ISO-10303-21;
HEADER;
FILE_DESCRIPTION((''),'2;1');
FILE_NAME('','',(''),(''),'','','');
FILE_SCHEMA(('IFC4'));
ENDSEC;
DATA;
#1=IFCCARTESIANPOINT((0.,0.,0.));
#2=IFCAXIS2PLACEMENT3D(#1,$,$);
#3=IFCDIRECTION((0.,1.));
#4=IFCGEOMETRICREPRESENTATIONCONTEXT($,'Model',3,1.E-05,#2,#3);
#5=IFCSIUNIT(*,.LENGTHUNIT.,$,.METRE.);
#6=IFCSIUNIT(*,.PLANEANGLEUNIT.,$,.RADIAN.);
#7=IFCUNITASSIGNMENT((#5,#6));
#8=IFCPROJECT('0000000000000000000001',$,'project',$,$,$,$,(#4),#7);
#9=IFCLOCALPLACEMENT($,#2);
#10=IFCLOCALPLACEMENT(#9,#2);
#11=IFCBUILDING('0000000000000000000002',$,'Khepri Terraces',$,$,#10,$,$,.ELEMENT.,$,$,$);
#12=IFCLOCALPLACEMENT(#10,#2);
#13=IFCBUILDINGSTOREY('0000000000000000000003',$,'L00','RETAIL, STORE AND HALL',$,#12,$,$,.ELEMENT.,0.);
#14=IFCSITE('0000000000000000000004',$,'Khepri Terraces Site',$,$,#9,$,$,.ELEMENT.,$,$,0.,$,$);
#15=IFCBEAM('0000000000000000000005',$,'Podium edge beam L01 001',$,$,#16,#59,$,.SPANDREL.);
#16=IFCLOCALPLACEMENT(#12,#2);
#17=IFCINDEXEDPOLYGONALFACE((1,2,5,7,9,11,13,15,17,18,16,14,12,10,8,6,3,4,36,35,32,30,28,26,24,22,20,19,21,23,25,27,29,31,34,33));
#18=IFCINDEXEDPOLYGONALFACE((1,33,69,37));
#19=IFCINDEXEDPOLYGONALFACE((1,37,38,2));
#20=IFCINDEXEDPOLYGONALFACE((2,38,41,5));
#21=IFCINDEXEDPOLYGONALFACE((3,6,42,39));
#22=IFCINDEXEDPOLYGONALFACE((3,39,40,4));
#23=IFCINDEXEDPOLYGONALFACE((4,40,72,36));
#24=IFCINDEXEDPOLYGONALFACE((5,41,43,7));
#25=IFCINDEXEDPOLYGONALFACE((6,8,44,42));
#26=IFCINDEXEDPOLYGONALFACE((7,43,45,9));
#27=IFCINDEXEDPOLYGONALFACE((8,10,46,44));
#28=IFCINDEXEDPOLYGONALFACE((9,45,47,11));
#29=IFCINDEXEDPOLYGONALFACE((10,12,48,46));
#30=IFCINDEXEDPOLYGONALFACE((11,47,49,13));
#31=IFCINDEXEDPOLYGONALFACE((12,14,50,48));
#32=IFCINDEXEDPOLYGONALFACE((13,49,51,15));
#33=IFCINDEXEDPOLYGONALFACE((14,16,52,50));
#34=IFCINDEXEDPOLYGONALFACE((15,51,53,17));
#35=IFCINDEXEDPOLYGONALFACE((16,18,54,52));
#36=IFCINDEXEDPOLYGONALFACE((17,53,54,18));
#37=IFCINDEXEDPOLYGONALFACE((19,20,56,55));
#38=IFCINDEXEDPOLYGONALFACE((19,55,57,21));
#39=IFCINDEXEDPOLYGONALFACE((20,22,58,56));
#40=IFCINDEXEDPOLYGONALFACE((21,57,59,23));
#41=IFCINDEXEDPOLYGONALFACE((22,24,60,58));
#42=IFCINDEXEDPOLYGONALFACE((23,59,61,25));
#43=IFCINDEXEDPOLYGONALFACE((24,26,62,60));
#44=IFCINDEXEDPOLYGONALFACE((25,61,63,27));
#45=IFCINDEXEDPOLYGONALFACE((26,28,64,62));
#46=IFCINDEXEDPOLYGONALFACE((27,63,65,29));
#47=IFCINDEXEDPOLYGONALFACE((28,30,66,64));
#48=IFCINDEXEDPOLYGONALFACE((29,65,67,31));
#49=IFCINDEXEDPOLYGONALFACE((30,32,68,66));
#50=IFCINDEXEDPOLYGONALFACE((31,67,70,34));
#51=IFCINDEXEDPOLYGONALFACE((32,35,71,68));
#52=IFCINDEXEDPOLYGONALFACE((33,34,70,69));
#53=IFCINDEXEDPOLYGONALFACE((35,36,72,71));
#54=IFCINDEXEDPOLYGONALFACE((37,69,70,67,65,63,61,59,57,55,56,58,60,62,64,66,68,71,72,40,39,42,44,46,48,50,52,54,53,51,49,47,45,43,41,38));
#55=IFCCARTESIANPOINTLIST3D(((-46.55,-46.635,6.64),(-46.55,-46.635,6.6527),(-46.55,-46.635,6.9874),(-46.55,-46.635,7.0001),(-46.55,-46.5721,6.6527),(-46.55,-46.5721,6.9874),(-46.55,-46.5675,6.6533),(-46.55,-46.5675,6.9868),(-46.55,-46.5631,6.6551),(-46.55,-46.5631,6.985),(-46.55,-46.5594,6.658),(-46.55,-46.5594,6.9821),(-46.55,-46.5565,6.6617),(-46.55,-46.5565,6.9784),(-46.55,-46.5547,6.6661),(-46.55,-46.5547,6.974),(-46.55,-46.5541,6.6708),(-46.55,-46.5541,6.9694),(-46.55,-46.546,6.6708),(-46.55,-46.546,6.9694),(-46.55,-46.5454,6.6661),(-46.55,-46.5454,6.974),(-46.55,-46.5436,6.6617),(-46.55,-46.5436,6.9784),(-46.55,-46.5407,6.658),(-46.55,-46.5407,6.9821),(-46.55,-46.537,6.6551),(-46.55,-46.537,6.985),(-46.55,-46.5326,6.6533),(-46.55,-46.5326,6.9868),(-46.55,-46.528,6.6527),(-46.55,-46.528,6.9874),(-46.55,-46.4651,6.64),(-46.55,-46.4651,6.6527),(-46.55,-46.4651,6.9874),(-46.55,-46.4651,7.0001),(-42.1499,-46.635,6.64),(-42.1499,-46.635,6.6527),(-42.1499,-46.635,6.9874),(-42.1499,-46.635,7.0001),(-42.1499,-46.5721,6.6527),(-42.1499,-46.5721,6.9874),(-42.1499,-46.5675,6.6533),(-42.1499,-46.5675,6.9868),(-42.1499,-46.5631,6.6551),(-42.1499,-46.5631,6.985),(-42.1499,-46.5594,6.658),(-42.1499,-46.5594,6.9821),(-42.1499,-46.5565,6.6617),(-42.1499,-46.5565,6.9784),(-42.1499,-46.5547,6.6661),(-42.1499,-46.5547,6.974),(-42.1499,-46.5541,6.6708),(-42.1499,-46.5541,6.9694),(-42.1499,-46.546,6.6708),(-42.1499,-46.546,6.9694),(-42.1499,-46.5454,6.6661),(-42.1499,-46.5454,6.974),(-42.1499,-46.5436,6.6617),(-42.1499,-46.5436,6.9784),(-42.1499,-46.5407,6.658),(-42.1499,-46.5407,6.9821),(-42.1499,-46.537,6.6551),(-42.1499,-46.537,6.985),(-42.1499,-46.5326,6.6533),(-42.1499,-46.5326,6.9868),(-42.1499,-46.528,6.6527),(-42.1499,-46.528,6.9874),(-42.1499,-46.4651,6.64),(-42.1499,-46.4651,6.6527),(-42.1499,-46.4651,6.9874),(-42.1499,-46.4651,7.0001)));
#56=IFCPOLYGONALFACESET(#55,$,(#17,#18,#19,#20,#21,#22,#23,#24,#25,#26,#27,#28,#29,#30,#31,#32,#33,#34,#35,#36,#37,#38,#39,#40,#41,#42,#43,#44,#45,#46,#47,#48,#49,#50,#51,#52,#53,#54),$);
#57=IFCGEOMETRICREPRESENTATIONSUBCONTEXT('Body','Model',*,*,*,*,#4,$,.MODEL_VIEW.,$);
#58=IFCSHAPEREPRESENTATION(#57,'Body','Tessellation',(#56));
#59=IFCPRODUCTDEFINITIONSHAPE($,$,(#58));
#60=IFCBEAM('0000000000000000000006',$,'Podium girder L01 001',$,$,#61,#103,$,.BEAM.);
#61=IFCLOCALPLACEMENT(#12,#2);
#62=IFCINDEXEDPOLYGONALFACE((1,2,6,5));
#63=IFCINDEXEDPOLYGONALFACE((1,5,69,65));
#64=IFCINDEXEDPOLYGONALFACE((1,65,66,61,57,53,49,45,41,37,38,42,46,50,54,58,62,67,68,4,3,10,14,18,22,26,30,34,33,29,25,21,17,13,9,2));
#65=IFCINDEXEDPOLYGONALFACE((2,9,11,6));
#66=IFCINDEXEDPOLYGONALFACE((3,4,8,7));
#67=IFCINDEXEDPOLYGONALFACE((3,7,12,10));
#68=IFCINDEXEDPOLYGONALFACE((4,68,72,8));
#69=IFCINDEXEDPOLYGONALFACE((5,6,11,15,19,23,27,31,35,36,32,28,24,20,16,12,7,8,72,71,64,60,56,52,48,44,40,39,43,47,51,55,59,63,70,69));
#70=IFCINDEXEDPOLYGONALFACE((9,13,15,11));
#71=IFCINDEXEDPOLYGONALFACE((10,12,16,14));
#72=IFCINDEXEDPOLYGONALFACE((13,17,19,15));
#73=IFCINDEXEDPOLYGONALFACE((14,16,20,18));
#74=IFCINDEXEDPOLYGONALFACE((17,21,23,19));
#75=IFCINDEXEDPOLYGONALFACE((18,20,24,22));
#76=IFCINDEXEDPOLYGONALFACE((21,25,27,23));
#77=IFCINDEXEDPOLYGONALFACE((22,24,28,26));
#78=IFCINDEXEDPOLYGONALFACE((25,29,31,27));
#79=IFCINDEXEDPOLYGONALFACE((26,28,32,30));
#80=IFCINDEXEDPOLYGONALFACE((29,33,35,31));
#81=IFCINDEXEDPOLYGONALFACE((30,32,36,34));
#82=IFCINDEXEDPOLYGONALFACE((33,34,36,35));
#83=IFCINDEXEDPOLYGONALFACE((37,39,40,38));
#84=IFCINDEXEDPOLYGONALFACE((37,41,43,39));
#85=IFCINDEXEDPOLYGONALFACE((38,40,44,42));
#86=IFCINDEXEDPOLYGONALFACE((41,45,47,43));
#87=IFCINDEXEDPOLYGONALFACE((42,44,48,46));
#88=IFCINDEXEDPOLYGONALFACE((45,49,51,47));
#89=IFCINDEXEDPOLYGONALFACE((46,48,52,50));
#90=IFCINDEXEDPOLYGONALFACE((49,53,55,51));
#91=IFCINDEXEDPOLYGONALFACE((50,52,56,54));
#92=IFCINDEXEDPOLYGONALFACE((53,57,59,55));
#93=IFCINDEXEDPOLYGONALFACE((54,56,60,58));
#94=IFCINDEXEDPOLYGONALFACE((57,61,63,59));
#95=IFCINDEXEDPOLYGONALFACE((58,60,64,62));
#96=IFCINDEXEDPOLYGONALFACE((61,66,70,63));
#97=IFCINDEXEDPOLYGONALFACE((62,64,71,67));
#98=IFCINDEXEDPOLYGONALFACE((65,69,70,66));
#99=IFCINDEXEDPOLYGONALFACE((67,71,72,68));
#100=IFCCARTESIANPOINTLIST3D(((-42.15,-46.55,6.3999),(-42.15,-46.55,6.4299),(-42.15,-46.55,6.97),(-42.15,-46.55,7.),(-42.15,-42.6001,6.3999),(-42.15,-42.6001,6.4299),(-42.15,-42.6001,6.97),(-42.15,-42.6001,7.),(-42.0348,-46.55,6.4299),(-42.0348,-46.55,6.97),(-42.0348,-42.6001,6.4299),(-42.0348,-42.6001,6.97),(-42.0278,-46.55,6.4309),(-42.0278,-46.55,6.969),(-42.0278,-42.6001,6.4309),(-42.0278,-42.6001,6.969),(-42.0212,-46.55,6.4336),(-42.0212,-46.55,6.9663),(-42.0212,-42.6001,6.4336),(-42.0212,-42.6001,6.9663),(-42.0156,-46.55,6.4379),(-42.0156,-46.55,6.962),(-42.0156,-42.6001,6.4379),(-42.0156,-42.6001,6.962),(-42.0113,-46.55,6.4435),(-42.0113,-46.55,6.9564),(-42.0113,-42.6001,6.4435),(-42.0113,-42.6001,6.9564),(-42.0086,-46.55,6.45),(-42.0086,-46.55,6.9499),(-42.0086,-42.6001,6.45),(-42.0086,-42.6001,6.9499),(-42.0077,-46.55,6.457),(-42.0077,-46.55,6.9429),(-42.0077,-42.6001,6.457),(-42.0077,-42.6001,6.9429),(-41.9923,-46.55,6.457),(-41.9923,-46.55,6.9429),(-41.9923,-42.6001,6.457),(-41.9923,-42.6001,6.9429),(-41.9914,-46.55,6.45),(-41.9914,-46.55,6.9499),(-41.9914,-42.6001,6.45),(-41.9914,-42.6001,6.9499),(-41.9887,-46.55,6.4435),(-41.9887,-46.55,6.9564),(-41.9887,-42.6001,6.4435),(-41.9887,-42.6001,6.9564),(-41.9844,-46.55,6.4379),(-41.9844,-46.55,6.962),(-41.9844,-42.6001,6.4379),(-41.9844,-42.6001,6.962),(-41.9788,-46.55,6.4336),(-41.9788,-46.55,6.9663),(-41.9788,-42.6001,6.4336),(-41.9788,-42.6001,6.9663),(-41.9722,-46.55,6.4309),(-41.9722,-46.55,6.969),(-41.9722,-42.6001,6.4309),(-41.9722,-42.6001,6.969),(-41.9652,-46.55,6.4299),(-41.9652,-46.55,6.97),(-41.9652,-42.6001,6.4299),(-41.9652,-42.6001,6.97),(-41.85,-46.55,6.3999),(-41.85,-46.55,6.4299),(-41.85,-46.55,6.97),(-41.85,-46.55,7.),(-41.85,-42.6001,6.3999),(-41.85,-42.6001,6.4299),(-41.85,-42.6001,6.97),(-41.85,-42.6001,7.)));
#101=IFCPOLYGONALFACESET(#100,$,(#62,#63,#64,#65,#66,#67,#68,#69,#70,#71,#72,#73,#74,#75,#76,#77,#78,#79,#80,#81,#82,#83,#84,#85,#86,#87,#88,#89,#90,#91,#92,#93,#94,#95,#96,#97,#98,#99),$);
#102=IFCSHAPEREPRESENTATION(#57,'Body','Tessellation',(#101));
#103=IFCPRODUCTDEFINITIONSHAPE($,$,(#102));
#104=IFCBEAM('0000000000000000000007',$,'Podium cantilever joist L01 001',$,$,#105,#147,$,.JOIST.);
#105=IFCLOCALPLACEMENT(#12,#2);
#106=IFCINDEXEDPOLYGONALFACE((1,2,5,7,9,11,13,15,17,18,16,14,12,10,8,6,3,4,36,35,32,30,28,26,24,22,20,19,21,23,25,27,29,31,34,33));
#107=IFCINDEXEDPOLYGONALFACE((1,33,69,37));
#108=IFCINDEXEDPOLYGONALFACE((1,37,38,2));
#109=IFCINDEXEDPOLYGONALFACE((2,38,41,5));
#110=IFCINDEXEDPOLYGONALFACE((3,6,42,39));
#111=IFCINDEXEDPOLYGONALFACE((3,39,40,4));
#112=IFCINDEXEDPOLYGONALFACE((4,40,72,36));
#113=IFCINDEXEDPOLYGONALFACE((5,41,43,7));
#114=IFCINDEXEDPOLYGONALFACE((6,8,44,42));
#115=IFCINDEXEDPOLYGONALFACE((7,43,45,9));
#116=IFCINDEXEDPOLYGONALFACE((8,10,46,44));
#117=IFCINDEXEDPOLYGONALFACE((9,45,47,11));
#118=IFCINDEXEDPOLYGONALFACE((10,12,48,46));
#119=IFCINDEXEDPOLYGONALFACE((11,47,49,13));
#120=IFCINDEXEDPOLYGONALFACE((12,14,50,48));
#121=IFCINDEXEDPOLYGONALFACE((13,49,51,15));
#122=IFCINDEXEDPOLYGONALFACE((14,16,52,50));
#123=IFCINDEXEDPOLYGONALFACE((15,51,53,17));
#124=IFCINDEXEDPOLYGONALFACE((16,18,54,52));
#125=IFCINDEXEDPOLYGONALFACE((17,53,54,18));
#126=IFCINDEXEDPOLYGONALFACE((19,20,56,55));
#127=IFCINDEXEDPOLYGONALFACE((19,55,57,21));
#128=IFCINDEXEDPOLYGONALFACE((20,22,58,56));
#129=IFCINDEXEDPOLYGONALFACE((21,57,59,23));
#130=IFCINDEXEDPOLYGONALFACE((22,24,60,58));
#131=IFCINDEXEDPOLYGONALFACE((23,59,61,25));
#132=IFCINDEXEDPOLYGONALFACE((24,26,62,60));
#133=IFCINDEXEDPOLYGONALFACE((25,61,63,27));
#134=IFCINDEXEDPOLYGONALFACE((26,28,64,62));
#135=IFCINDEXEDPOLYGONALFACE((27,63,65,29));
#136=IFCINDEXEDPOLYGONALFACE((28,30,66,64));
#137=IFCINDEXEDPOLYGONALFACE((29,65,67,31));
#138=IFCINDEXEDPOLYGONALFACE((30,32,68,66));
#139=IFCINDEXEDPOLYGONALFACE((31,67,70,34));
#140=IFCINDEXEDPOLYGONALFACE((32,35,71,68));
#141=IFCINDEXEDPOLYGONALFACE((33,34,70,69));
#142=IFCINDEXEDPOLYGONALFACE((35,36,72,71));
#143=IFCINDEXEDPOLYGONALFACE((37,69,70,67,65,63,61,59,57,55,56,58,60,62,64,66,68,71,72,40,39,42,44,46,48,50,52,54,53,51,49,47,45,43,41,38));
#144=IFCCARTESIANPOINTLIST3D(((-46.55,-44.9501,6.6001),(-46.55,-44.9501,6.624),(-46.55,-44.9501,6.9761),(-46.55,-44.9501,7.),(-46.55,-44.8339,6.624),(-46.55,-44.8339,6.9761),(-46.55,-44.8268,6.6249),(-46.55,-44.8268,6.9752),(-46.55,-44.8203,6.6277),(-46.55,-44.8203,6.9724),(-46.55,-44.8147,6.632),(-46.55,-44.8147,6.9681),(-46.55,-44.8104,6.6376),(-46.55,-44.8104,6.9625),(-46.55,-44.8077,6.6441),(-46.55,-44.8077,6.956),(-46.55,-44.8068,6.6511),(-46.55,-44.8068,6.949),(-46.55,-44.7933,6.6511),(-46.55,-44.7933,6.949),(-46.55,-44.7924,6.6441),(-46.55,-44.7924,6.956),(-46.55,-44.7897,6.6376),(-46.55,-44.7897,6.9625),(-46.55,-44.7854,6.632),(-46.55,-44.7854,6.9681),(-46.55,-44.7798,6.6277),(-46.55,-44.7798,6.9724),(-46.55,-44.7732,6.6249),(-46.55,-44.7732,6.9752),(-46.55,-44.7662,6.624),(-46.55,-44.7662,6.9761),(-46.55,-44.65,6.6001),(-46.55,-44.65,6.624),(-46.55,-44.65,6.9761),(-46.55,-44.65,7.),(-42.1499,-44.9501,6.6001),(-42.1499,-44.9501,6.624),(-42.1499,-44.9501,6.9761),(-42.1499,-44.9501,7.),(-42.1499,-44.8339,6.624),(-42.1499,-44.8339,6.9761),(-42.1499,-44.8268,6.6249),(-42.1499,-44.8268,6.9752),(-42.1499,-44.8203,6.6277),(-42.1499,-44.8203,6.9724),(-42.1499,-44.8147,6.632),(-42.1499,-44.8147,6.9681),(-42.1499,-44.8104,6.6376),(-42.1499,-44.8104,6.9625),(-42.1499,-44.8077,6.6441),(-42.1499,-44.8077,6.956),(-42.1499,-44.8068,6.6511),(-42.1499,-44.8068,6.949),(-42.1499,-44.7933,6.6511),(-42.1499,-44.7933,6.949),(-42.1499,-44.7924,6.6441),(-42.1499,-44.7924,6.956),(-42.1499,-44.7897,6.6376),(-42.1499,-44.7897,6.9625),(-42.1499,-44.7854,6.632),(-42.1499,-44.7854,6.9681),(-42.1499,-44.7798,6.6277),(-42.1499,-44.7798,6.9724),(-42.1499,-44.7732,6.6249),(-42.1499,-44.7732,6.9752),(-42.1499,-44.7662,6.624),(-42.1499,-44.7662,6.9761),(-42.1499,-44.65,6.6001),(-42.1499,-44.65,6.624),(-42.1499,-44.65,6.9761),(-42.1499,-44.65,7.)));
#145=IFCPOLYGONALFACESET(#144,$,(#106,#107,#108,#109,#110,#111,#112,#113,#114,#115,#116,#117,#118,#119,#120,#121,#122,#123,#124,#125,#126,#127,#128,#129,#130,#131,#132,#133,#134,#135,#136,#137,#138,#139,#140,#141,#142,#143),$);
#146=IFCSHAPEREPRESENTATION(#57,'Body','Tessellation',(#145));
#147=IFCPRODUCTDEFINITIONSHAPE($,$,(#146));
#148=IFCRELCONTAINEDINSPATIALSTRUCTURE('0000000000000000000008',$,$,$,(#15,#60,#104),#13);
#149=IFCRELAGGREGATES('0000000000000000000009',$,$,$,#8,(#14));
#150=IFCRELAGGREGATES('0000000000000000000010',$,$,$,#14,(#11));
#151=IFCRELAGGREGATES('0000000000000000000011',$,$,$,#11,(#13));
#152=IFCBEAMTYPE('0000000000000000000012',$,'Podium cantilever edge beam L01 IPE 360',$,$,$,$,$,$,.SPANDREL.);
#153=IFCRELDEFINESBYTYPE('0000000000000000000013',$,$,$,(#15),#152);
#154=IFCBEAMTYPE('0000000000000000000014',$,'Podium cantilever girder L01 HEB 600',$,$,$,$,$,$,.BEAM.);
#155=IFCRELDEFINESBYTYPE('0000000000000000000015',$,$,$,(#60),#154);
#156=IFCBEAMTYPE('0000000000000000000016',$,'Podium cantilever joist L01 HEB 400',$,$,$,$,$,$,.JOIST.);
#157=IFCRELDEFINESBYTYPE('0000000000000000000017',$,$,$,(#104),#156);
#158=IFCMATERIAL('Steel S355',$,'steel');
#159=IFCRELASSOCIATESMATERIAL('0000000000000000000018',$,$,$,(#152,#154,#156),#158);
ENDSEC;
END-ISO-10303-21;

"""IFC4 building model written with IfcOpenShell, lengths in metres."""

from ifc_helpers import new_model, si_unit, direction, frame, origin, origin_2d, place, context, subcontext, project, spatial, i_section, extrude, material, material_profile, profile_set, type_object, element, save


model = new_model("IFC4")

# Units and contexts
model_context = context("Model", 3, precision=1e-05, world=origin(), true_north=direction((0.0, 1.0)))
body_context = subcontext(model_context, "Body", "Model", "MODEL_VIEW")
ifc_project = project(units=[si_unit("LENGTHUNIT", "METRE"), si_unit("PLANEANGLEUNIT", "RADIAN")], contexts=[model_context])

# Site, building, storey
site_placement = place(None, origin())
site = spatial("IfcSite", under=ifc_project, at=site_placement, Name="Khepri Terraces Site", CompositionType="ELEMENT", RefElevation=0.0)
building_placement = place(site_placement, origin())
building = spatial("IfcBuilding", under=site, at=building_placement, Name="Khepri Terraces", CompositionType="ELEMENT")
storey_placement = place(building_placement, origin())
storey = spatial("IfcBuildingStorey", under=building, at=storey_placement, Name="L00", Description="RETAIL, STORE AND HALL", CompositionType="ELEMENT", Elevation=0.0)

# Beams
ifc_material_1 = material(Name="Steel S355", Category="steel")
ifc_material_profile_1 = material_profile(ifc_material_1, i_section(OverallWidth=0.1699, OverallDepth=0.3601, WebThickness=0.0081, FlangeThickness=0.0127, FilletRadius=0.0181, at=origin_2d()), Name="Steel S355", Category="steel")
ifc_profile_set_1 = profile_set([ifc_material_profile_1], Name="Steel S355")
beam_type_1 = type_object("IfcBeamType", Name="Podium cantilever edge beam L01 IPE 360", PredefinedType="SPANDREL", material=ifc_profile_set_1)
beam_1_placement = place(storey_placement, frame((-46.55, -46.55, 6.8201), z_axis=(1.0, 0.0, 0.0), x_axis=(0.0, 1.0, 0.0)))
element("IfcBeam", 1, at=beam_1_placement, inside=storey, type_object=beam_type_1, Name="Podium edge beam L01 001", PredefinedType="SPANDREL", context=body_context, shape_type="SweptSolid", body=[
    extrude(i_section(OverallWidth=0.1699, OverallDepth=0.3601, WebThickness=0.0081, FlangeThickness=0.0127, FilletRadius=0.0181, at=origin_2d()), origin(), (0.0, 0.0, 1.0), 4.4001),
])
ifc_material_profile_2 = material_profile(ifc_material_1, i_section(OverallWidth=0.3, OverallDepth=0.6001, WebThickness=0.0154, FlangeThickness=0.03, FilletRadius=0.0271, at=origin_2d()), Name="Steel S355", Category="steel")
ifc_profile_set_2 = profile_set([ifc_material_profile_2], Name="Steel S355")
beam_type_2 = type_object("IfcBeamType", Name="Podium cantilever girder L01 HEB 600", PredefinedType="BEAM", material=ifc_profile_set_2)
beam_2_placement = place(storey_placement, frame((-42.0, -46.55, 6.7), z_axis=(0.0, 1.0, 0.0), x_axis=(-1.0, 0.0, 0.0)))
element("IfcBeam", 2, at=beam_2_placement, inside=storey, type_object=beam_type_2, Name="Podium girder L01 001", PredefinedType="BEAM", context=body_context, shape_type="SweptSolid", body=[
    extrude(i_section(OverallWidth=0.3, OverallDepth=0.6001, WebThickness=0.0154, FlangeThickness=0.03, FilletRadius=0.0271, at=origin_2d()), origin(), (0.0, 0.0, 1.0), 3.95),
])
ifc_material_profile_3 = material_profile(ifc_material_1, i_section(OverallWidth=0.3, OverallDepth=0.3999, WebThickness=0.0134, FlangeThickness=0.0239, FilletRadius=0.0271, at=origin_2d()), Name="Steel S355", Category="steel")
ifc_profile_set_3 = profile_set([ifc_material_profile_3], Name="Steel S355")
beam_type_3 = type_object("IfcBeamType", Name="Podium cantilever joist L01 HEB 400", PredefinedType="JOIST", material=ifc_profile_set_3)
beam_3_placement = place(storey_placement, frame((-46.55, -44.8, 6.8), z_axis=(1.0, 0.0, 0.0), x_axis=(0.0, 1.0, 0.0)))
element("IfcBeam", 3, at=beam_3_placement, inside=storey, type_object=beam_type_3, Name="Podium cantilever joist L01 001", PredefinedType="JOIST", context=body_context, shape_type="SweptSolid", body=[
    extrude(i_section(OverallWidth=0.3, OverallDepth=0.3999, WebThickness=0.0134, FlangeThickness=0.0239, FilletRadius=0.0271, at=origin_2d()), origin(), (0.0, 0.0, 1.0), 4.4001),
])

save(model, "model.ifc")
